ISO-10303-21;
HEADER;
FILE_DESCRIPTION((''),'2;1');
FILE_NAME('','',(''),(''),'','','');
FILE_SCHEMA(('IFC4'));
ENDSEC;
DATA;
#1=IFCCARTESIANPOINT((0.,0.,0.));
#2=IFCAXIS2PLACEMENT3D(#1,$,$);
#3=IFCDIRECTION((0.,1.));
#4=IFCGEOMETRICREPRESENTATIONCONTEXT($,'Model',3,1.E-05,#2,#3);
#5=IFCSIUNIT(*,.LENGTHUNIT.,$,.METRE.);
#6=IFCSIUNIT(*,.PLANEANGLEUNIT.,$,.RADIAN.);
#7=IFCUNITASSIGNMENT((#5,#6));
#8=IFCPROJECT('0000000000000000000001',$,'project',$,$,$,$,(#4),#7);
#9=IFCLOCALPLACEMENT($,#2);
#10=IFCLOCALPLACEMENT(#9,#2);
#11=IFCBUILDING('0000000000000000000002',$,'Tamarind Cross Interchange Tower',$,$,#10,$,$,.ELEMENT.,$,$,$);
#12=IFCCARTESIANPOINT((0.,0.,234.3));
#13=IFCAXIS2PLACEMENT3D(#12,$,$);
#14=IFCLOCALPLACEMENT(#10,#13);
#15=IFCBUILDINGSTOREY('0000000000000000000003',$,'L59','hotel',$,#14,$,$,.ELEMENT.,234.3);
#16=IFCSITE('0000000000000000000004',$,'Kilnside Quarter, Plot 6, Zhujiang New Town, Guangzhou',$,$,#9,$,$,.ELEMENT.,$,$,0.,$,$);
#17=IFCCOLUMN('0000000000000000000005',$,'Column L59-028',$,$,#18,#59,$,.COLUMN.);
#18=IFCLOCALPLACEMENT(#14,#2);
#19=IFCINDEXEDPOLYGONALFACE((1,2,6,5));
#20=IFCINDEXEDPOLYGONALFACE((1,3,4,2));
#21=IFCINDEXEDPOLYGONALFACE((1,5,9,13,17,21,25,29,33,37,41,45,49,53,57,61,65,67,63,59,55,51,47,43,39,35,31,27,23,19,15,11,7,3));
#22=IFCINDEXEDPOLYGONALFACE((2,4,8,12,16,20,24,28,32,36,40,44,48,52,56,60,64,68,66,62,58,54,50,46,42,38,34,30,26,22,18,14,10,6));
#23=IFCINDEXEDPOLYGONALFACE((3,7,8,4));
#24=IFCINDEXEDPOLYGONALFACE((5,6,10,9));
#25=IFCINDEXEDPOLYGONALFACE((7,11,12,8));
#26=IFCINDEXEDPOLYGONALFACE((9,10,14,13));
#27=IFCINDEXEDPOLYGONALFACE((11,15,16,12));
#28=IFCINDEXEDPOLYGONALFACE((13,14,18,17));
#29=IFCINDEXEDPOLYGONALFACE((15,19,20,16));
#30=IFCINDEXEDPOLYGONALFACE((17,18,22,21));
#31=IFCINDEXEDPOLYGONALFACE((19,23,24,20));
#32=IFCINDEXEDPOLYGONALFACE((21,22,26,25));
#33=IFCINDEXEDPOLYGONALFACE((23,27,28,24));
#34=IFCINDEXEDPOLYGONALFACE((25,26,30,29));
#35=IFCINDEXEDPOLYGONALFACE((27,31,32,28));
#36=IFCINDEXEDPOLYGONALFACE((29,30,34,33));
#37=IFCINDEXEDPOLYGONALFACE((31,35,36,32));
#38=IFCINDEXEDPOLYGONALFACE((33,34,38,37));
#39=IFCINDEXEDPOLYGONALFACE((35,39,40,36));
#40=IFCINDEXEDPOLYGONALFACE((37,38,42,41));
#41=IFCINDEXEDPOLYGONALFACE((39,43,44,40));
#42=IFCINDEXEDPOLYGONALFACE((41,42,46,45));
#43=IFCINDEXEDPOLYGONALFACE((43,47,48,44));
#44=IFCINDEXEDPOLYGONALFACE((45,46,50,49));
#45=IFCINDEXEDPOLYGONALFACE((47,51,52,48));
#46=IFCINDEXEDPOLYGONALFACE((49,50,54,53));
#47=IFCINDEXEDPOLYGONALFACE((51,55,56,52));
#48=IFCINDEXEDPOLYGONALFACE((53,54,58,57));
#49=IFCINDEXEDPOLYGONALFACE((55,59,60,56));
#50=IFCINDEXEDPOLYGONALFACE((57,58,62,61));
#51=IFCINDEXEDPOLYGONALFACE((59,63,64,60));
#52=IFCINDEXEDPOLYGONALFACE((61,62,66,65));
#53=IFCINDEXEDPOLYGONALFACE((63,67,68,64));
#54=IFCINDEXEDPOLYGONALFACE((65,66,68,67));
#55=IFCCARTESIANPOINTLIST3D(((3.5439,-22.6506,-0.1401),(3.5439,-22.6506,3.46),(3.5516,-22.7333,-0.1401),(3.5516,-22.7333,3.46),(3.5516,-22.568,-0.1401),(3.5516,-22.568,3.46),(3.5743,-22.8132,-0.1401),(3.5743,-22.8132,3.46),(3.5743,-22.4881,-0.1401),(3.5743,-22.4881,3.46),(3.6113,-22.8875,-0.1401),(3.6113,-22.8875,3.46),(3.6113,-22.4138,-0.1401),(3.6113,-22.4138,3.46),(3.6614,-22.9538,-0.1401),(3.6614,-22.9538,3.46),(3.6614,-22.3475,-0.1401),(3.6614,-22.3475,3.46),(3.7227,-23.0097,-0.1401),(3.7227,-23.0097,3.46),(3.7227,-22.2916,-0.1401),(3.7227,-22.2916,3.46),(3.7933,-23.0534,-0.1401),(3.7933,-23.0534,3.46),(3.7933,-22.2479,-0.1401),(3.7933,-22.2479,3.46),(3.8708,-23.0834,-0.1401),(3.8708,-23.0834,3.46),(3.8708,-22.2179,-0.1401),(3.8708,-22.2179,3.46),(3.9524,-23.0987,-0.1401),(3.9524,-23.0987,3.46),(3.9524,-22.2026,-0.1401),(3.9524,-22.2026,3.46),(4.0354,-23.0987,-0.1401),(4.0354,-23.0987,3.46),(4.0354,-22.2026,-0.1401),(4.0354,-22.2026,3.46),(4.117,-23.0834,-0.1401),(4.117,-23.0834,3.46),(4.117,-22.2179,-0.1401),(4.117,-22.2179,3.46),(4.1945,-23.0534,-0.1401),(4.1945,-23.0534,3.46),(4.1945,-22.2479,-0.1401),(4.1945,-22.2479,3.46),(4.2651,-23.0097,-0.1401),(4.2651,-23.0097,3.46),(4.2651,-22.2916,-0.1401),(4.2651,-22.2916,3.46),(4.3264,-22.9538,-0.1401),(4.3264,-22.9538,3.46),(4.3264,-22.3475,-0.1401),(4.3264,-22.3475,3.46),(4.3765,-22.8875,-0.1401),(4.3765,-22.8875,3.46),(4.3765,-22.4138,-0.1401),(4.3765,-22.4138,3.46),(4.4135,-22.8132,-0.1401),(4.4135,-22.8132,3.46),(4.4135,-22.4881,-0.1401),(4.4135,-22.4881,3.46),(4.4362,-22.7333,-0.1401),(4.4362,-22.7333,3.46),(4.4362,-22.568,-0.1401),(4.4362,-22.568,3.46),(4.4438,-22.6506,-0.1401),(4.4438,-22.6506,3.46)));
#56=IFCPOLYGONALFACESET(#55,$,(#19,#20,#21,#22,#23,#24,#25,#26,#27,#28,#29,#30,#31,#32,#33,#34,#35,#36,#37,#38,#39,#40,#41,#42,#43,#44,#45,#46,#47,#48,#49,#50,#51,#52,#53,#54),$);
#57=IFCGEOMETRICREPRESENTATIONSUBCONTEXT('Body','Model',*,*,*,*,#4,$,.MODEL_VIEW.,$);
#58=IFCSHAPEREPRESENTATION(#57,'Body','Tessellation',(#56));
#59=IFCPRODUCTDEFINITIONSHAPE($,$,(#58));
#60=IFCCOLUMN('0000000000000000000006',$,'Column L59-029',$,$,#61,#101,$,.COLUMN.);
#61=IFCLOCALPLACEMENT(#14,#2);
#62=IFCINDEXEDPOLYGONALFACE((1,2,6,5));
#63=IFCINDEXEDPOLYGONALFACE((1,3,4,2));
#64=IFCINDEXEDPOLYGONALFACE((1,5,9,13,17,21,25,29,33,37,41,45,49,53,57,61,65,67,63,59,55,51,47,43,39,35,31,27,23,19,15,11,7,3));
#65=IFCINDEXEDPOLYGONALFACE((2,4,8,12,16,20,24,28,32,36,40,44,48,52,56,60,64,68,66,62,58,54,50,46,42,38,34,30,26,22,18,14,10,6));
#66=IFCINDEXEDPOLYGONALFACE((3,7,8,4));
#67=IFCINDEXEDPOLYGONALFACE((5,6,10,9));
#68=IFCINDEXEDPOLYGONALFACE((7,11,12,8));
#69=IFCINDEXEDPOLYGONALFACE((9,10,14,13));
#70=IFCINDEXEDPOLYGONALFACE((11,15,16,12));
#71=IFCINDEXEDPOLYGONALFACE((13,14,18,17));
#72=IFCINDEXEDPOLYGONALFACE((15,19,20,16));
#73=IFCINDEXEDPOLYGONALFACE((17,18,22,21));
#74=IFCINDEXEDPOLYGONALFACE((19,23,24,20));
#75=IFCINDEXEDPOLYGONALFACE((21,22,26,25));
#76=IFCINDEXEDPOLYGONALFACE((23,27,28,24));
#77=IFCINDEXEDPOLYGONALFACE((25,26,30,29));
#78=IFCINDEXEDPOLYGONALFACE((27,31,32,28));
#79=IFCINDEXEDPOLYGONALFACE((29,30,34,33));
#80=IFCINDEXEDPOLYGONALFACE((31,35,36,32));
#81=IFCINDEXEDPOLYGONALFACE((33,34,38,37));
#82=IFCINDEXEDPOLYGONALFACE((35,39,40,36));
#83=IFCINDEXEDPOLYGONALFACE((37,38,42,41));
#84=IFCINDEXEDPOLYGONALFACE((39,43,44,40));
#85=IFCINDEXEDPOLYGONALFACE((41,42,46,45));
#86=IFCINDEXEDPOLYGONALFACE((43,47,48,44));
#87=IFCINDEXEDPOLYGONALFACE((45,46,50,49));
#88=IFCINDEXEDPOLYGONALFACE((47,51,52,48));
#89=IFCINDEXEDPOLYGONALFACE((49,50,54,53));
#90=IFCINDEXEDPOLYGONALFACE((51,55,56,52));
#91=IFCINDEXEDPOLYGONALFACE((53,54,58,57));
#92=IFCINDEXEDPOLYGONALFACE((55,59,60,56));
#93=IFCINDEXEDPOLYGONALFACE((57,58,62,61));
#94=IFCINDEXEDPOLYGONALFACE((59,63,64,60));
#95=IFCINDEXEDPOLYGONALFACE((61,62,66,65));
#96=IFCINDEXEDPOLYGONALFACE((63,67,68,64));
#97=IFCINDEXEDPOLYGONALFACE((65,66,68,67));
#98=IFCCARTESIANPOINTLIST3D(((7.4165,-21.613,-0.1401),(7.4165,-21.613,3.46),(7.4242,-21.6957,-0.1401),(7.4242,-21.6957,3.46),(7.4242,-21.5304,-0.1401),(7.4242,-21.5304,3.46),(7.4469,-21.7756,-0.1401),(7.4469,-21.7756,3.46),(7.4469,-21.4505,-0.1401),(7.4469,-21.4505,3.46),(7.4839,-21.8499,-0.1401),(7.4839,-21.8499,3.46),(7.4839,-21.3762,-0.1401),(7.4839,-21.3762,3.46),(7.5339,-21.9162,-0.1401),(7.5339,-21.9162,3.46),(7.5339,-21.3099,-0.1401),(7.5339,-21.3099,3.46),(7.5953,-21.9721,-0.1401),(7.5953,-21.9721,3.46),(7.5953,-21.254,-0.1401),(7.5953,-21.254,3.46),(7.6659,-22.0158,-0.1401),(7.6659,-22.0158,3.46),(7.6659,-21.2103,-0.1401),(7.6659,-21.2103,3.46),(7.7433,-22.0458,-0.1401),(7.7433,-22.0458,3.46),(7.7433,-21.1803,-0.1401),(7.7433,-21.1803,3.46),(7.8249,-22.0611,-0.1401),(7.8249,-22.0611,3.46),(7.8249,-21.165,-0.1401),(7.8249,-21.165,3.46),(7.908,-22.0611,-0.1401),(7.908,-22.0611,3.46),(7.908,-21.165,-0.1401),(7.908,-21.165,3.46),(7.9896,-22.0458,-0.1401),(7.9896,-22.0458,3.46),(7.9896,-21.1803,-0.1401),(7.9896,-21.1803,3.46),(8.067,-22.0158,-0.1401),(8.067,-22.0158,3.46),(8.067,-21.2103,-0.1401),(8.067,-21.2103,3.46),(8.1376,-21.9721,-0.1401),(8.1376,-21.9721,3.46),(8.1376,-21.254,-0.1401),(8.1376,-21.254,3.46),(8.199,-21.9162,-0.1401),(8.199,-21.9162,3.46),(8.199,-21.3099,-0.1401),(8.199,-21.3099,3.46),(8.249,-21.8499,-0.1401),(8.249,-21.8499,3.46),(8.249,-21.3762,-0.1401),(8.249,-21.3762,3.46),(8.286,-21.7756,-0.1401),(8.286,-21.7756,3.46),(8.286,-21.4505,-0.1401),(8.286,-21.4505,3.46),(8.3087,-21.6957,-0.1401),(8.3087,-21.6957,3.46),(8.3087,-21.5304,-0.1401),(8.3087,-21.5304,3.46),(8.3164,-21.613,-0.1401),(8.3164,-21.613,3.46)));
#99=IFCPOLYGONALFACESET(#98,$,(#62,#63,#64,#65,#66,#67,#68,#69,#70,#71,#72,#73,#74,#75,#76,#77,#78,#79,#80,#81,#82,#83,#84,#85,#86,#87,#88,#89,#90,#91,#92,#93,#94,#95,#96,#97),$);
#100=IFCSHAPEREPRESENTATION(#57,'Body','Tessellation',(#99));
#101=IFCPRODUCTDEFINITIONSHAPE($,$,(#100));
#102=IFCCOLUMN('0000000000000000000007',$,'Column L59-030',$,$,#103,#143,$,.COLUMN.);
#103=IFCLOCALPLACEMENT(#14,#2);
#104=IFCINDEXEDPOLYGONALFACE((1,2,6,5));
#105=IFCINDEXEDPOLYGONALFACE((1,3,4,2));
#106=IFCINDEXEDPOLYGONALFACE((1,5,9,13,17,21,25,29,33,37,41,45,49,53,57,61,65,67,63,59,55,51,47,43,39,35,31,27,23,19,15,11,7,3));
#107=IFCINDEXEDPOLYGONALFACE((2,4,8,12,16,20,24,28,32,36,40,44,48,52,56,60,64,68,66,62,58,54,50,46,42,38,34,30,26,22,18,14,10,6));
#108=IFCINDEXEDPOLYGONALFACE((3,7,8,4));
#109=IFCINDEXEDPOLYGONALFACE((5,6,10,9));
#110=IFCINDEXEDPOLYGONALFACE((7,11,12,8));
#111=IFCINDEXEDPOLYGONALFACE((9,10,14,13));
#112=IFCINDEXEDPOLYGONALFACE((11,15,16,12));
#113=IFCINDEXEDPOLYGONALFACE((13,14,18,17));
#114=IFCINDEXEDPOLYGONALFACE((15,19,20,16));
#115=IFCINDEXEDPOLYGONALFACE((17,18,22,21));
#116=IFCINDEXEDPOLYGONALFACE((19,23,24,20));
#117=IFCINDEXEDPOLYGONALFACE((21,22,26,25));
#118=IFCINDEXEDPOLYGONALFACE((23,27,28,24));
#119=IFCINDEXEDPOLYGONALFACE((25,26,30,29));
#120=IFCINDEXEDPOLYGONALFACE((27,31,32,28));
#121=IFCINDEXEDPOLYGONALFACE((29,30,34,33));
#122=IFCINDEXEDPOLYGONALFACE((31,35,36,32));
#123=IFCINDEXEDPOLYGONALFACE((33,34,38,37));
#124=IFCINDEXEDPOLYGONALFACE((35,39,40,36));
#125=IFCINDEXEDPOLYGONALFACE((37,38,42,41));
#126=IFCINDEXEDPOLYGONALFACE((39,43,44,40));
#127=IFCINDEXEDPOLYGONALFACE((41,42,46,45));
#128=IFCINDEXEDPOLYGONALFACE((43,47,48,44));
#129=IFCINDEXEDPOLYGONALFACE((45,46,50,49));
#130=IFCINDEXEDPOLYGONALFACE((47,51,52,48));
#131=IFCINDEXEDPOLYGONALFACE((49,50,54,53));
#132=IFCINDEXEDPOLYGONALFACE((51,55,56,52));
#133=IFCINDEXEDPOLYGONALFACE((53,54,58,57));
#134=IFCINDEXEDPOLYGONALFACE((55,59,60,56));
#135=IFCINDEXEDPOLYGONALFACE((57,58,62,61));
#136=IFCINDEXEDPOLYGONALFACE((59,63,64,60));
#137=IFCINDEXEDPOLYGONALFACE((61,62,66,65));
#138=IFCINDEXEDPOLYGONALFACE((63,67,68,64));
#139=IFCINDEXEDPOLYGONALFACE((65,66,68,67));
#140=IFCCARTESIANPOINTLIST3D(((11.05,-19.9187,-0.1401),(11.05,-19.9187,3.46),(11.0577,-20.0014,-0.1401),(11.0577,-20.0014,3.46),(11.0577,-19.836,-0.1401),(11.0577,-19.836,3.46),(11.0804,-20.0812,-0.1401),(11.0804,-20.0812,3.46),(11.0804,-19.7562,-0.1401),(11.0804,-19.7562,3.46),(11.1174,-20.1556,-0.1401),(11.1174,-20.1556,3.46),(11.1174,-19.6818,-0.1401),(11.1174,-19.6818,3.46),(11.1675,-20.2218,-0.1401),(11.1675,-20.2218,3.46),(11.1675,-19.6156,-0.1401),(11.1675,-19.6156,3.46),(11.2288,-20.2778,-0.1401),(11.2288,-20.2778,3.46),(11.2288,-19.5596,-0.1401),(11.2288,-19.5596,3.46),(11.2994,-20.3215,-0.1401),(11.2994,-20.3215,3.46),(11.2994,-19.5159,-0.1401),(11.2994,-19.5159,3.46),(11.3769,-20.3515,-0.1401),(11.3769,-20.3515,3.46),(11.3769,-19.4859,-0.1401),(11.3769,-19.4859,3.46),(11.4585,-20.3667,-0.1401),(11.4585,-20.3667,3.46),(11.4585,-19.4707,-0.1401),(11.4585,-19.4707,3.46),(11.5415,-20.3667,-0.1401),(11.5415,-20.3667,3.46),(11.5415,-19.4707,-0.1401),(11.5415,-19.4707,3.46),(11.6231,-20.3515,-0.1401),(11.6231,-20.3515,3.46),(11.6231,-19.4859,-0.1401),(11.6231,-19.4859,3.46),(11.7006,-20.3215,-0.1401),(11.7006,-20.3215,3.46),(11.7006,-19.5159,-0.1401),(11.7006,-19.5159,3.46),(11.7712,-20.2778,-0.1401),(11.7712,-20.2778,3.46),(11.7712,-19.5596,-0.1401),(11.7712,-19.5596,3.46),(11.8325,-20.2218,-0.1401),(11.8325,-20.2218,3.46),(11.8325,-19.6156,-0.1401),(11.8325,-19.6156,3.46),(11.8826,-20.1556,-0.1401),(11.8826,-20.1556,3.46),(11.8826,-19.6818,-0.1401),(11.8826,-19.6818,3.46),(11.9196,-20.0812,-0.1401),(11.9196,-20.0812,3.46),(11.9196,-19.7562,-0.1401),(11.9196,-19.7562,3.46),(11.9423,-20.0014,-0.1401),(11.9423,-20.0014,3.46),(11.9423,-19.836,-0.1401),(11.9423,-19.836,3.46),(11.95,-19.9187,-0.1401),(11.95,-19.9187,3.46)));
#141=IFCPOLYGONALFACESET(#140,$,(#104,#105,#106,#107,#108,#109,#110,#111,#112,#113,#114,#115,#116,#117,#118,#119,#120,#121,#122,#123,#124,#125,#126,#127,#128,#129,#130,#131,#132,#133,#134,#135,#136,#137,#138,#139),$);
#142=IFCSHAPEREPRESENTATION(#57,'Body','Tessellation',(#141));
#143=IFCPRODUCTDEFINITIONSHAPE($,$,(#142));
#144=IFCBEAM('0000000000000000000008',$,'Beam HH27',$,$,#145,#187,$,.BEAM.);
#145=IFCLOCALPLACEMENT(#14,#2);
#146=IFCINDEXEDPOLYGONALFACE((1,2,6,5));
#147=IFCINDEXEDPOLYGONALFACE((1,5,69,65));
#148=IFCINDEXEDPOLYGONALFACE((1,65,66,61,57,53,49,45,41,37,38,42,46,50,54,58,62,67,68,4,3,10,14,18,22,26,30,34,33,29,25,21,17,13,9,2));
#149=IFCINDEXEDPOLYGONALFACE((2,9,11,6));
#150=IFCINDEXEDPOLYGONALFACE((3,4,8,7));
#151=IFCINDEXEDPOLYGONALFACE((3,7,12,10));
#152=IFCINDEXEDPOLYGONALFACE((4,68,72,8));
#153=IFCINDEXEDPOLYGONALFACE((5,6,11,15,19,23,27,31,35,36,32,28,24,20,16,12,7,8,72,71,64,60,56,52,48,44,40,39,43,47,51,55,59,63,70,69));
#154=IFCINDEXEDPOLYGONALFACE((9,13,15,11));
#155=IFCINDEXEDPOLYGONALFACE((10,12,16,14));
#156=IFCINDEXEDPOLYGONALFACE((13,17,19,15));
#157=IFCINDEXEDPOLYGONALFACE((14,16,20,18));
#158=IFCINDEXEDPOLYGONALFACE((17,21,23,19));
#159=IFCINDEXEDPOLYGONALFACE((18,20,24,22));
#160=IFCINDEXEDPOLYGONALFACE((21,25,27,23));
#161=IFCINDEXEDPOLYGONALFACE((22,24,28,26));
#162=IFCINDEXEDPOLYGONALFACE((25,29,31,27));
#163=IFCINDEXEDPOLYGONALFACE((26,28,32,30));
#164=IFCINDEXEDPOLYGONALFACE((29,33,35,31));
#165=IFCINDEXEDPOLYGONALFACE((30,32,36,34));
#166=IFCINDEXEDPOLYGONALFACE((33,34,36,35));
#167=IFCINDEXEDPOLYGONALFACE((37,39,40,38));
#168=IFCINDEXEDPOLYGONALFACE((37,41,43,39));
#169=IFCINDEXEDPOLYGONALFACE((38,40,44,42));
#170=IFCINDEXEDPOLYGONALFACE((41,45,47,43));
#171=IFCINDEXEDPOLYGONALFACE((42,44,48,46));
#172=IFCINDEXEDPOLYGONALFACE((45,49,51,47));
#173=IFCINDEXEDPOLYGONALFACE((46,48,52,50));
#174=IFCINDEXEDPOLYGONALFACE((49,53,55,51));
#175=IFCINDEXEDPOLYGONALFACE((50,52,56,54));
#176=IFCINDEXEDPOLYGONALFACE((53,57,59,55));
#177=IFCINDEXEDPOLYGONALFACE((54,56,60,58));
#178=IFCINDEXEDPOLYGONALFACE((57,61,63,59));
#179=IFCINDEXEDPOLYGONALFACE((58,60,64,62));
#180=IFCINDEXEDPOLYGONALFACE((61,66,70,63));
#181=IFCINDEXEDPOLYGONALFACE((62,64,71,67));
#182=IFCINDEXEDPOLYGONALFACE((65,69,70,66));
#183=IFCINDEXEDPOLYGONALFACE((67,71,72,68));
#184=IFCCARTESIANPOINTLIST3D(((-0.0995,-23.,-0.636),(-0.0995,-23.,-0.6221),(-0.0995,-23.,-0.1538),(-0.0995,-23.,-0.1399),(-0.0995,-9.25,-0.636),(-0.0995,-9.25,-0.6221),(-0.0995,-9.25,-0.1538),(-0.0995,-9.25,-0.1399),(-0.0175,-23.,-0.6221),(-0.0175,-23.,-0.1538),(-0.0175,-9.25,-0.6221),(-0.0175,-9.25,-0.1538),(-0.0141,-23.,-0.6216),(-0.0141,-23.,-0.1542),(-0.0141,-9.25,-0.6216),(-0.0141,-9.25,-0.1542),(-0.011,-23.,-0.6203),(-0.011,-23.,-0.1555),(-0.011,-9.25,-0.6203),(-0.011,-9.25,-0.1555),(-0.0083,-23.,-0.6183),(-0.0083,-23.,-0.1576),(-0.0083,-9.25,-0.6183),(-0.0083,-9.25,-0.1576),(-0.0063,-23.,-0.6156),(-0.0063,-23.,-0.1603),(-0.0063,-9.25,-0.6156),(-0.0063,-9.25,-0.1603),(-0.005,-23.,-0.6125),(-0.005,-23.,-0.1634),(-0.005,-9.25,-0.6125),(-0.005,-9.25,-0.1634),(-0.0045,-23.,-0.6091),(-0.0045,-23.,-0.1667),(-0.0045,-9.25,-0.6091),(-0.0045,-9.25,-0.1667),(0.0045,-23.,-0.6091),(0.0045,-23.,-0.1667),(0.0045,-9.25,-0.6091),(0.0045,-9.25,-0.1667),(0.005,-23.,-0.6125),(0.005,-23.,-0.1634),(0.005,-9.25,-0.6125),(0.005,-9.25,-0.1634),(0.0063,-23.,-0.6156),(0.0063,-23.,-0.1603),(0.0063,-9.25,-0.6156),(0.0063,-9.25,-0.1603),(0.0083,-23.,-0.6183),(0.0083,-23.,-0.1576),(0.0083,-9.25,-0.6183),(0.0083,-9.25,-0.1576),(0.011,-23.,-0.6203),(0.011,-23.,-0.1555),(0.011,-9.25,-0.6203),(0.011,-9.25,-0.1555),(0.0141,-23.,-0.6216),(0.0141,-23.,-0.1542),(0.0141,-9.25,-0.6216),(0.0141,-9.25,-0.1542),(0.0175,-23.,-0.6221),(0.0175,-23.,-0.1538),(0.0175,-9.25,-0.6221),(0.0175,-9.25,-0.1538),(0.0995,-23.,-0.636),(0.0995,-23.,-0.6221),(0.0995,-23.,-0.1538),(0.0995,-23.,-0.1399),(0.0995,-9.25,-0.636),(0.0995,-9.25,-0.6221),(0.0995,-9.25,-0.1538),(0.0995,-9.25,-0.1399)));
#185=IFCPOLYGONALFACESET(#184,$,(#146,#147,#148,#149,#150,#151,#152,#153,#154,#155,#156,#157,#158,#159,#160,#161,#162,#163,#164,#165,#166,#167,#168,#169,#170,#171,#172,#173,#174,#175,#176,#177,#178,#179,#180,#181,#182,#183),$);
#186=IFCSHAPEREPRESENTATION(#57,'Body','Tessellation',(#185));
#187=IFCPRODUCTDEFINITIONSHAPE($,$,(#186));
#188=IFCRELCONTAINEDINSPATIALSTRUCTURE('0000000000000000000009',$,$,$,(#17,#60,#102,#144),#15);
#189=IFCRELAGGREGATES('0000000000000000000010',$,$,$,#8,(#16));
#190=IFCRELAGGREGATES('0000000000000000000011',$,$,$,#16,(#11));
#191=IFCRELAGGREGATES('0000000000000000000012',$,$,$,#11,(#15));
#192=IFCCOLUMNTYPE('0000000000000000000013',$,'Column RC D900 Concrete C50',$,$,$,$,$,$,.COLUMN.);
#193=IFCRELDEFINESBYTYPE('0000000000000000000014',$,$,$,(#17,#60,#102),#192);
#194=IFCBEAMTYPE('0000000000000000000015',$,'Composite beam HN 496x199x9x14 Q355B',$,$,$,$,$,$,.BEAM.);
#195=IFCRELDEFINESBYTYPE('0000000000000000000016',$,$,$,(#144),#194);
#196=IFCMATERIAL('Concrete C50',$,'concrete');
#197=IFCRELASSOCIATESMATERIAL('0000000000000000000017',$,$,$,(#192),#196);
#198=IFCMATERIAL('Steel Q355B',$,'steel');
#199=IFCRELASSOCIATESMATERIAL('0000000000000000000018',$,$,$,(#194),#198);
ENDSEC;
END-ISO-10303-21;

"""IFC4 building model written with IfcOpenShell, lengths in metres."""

from ifc_helpers import new_model, si_unit, direction, frame, origin, origin_2d, place, context, subcontext, project, spatial, circle, i_section, extrude, material, material_profile, profile_set, type_object, element, save


model = new_model("IFC4")

# Units and contexts
model_context = context("Model", 3, precision=1e-05, world=origin(), true_north=direction((0.0, 1.0)))
body_context = subcontext(model_context, "Body", "Model", "MODEL_VIEW")
ifc_project = project(units=[si_unit("LENGTHUNIT", "METRE"), si_unit("PLANEANGLEUNIT", "RADIAN")], contexts=[model_context])

# Site, building, storey
site_placement = place(None, origin())
site = spatial("IfcSite", under=ifc_project, at=site_placement, Name="Kilnside Quarter, Plot 6, Zhujiang New Town, Guangzhou", CompositionType="ELEMENT", RefElevation=0.0)
building_placement = place(site_placement, origin())
building = spatial("IfcBuilding", under=site, at=building_placement, Name="Tamarind Cross Interchange Tower", CompositionType="ELEMENT")
storey_placement = place(building_placement, frame((0.0, 0.0, 234.3)))
storey = spatial("IfcBuildingStorey", under=building, at=storey_placement, Name="L59", Description="hotel", CompositionType="ELEMENT", Elevation=234.3)

# Columns
ifc_material_1 = material(Name="Concrete C50", Category="concrete")
ifc_material_profile_1 = material_profile(ifc_material_1, circle(Radius=0.45, at=origin_2d()), Name="RC D900")
ifc_profile_set_1 = profile_set([ifc_material_profile_1], Name="Concrete C50")
column_type = type_object("IfcColumnType", Name="Column RC D900 Concrete C50", PredefinedType="COLUMN", material=ifc_profile_set_1)
for number, where, z_axis, x_axis, name in (
    (1, (3.9939, -22.6506, -0.1401), (0.0, 0.0, 1.0), (1.0, 0.0, 0.0), "Column L59-028"),
    (2, (7.8665, -21.613, -0.1401), (0.0, 0.0, 1.0), (1.0, 0.0, 0.0), "Column L59-029"),
    (3, (11.5, -19.9187, -0.1401), (0.0, 0.0, 1.0), (1.0, 0.0, 0.0), "Column L59-030"),
):
    element("IfcColumn", number, at=place(storey_placement, frame(where, z_axis=z_axis, x_axis=x_axis)), inside=storey, type_object=column_type, Name=name, PredefinedType="COLUMN", context=body_context, shape_type="SweptSolid", body=[
        extrude(circle(Radius=0.45, at=origin_2d()), origin(), (0.0, 0.0, 1.0), 3.6001),
    ])

# Beam
ifc_material_2 = material(Name="Steel Q355B", Category="steel")
ifc_material_profile_2 = material_profile(ifc_material_2, i_section(OverallWidth=0.199, OverallDepth=0.4961, WebThickness=0.009, FlangeThickness=0.0139, FilletRadius=0.0129, at=origin_2d()), Name="HN 496x199x9x14")
ifc_profile_set_2 = profile_set([ifc_material_profile_2], Name="Steel Q355B")
beam_type = type_object("IfcBeamType", Name="Composite beam HN 496x199x9x14 Q355B", PredefinedType="BEAM", material=ifc_profile_set_2)
beam_1_placement = place(storey_placement, frame((0.0, -23.0, -0.3879), z_axis=(0.0, 1.0, 0.0), x_axis=(-1.0, 0.0, 0.0)))
element("IfcBeam", 4, at=beam_1_placement, inside=storey, type_object=beam_type, Name="Beam HH27", PredefinedType="BEAM", context=body_context, shape_type="SweptSolid", body=[
    extrude(i_section(OverallWidth=0.199, OverallDepth=0.4961, WebThickness=0.009, FlangeThickness=0.0139, FilletRadius=0.0129, at=origin_2d()), origin(), (0.0, 0.0, 1.0), 13.75),
])

save(model, "model.ifc")
